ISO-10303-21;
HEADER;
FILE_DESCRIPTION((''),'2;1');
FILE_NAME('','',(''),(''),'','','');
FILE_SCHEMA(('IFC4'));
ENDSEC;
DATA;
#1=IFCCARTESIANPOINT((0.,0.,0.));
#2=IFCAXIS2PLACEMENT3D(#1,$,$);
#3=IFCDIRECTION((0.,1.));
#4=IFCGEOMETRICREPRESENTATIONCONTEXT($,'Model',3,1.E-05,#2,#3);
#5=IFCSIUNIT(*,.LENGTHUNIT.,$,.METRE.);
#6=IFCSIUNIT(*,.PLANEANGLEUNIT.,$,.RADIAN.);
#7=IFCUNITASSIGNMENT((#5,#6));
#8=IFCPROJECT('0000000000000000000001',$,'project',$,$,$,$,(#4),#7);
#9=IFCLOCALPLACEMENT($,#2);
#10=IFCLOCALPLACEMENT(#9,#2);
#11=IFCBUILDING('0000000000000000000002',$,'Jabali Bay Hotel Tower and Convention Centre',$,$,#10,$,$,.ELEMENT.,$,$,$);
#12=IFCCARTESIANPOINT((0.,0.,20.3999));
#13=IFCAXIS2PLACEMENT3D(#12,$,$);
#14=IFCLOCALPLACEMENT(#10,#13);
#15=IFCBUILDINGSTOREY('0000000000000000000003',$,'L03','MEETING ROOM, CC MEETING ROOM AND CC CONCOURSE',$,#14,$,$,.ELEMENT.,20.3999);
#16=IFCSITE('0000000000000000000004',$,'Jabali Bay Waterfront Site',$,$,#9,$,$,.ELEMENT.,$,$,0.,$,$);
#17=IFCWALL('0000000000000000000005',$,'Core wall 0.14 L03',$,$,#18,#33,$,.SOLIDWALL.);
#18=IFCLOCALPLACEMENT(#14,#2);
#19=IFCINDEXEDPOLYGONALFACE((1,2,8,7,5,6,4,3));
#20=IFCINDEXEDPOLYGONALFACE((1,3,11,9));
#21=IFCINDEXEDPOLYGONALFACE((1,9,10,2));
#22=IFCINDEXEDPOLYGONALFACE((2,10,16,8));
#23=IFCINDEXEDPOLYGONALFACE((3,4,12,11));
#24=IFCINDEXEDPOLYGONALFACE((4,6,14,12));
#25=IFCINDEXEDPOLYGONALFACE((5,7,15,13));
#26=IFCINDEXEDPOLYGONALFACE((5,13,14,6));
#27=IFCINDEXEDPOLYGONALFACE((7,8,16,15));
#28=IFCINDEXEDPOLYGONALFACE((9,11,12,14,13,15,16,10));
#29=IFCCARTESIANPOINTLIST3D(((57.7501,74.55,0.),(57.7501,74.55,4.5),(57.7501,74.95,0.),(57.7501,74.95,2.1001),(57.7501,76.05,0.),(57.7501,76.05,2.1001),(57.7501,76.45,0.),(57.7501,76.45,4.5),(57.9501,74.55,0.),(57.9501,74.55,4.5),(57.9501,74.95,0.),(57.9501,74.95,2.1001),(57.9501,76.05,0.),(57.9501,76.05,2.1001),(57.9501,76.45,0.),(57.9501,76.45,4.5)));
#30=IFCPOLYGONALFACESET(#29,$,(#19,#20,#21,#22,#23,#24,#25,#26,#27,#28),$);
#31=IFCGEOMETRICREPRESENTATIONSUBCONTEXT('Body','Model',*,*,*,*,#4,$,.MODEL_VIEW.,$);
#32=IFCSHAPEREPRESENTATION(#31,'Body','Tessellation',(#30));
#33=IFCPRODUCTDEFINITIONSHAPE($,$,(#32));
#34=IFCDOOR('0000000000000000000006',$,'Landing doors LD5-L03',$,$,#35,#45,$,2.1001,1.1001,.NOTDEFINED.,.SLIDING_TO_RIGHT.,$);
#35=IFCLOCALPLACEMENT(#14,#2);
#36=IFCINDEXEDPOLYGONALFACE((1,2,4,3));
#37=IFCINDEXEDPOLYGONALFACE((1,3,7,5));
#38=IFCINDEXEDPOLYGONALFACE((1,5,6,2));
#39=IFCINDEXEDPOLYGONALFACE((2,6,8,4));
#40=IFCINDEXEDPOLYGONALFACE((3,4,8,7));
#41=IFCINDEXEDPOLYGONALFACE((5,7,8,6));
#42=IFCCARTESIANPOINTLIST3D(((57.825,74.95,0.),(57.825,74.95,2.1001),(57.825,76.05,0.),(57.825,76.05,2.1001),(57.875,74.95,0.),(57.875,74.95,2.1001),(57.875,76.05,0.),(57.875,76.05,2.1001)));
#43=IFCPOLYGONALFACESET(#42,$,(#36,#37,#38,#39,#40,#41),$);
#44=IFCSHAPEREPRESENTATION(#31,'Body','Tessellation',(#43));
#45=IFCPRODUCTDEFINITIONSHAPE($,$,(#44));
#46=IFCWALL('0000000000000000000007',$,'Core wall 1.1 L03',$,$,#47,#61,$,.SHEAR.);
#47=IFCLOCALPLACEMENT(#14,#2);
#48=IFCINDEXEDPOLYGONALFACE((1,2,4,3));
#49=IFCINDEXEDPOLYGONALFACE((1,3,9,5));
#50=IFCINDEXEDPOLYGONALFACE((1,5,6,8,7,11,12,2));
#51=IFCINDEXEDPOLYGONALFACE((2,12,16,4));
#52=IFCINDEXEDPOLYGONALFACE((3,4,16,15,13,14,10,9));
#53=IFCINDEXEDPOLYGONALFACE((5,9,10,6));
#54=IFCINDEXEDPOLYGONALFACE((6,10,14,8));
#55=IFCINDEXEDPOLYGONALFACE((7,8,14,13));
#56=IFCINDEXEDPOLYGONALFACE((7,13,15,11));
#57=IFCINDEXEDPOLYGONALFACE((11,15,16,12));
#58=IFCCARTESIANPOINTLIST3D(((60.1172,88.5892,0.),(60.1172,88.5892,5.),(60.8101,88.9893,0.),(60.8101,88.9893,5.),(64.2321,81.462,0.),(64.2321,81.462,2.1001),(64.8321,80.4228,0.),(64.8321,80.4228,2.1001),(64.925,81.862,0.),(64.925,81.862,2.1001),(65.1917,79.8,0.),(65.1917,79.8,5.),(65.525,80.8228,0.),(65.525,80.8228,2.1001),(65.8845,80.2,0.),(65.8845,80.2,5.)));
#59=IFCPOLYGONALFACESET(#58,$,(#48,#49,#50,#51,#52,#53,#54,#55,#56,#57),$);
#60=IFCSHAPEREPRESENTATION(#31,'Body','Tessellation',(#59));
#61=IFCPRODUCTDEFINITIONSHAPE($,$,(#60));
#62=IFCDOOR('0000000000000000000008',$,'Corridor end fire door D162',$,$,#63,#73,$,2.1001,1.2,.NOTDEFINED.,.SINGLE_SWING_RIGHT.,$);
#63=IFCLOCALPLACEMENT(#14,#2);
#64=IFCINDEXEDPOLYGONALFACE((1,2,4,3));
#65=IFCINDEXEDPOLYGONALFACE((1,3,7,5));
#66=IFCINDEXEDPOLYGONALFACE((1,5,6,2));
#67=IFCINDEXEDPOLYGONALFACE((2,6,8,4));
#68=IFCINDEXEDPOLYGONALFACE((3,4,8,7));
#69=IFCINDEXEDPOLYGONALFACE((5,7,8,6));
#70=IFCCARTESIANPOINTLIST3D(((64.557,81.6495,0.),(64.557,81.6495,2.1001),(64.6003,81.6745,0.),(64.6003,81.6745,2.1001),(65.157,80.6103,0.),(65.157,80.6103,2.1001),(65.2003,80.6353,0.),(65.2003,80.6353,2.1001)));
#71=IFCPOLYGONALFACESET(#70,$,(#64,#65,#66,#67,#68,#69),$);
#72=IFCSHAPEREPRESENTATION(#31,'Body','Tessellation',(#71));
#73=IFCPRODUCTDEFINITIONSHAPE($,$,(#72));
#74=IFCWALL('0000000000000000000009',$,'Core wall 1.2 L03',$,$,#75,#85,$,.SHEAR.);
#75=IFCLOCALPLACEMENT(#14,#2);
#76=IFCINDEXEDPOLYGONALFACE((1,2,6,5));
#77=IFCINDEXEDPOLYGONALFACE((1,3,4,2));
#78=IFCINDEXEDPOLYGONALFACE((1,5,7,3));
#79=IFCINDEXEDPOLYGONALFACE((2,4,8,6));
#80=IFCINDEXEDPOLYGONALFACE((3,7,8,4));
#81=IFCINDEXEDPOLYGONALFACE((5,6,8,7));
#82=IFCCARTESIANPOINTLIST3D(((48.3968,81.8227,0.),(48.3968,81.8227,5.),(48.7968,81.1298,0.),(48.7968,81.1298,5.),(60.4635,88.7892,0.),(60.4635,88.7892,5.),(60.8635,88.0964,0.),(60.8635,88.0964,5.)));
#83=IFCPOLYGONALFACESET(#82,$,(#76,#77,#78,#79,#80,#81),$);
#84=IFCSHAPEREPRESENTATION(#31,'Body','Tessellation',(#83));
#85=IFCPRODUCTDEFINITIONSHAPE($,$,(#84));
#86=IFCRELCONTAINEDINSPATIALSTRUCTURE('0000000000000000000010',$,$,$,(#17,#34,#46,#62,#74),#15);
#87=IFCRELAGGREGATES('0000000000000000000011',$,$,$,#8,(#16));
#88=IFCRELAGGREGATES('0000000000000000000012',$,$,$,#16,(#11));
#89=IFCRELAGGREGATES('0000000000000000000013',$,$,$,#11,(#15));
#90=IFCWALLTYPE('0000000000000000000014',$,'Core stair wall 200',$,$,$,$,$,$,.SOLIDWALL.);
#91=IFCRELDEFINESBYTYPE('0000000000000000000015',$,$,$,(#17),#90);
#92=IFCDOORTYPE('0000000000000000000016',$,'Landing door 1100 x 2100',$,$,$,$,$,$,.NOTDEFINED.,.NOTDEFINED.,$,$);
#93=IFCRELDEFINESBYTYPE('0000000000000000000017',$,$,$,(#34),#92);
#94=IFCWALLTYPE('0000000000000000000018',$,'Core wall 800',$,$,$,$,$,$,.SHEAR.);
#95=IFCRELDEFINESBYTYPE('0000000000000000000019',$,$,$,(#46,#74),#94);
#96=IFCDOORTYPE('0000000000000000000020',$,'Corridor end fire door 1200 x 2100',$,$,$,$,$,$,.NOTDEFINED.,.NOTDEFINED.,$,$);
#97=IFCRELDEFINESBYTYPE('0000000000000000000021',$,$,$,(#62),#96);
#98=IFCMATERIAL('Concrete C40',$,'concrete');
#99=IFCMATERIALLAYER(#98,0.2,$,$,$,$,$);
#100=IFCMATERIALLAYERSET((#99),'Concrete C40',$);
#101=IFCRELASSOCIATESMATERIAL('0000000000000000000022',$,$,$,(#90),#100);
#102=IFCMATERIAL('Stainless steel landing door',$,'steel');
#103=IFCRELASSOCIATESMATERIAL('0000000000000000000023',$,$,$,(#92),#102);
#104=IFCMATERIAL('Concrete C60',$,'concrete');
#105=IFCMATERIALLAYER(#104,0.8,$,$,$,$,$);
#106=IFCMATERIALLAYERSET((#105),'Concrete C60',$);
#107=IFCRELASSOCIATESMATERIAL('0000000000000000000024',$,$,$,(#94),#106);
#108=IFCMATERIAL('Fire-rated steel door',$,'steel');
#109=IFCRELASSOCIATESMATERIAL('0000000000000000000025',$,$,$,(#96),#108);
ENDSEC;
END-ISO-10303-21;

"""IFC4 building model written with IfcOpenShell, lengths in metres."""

from ifc_helpers import new_model, si_unit, direction, frame, frame_2d, origin, place, context, subcontext, project, spatial, rectangle, extrude, material, layer, layer_set, type_object, element, fill, save


model = new_model("IFC4")

# Units and contexts
model_context = context("Model", 3, precision=1e-05, world=origin(), true_north=direction((0.0, 1.0)))
body_context = subcontext(model_context, "Body", "Model", "MODEL_VIEW")
ifc_project = project(units=[si_unit("LENGTHUNIT", "METRE"), si_unit("PLANEANGLEUNIT", "RADIAN")], contexts=[model_context])

# Site, building, storey
site_placement = place(None, origin())
site = spatial("IfcSite", under=ifc_project, at=site_placement, Name="Jabali Bay Waterfront Site", CompositionType="ELEMENT", RefElevation=0.0)
building_placement = place(site_placement, origin())
building = spatial("IfcBuilding", under=site, at=building_placement, Name="Jabali Bay Hotel Tower and Convention Centre", CompositionType="ELEMENT")
storey_placement = place(building_placement, frame((0.0, 0.0, 20.3999)))
storey = spatial("IfcBuildingStorey", under=building, at=storey_placement, Name="L03", Description="MEETING ROOM, CC MEETING ROOM AND CC CONCOURSE", CompositionType="ELEMENT", Elevation=20.3999)

# Shared definitions
ifc_material_1 = material(Name="Concrete C40", Category="concrete")
ifc_material_2 = material(Name="Fire-rated steel door", Category="steel")

# Shared definitions
ifc_layer_1 = layer(ifc_material_1, 0.2)
ifc_layer_set_1 = layer_set([ifc_layer_1], Name="Concrete C40")
wall_type_1 = type_object("IfcWallType", Name="Core stair wall 200", PredefinedType="SOLIDWALL", material=ifc_layer_set_1)

# Walls, openings, doors
wall_1_placement = place(storey_placement, frame((57.8501, 76.45, 0.0), z_axis=(0.0, 0.0, 1.0), x_axis=(0.0, -1.0, 0.0)))
wall_1 = element("IfcWall", 1, at=wall_1_placement, inside=storey, type_object=wall_type_1, Name="Core wall 0.14 L03", PredefinedType="SOLIDWALL", context=body_context, shape_type="SweptSolid", body=[
    extrude(rectangle(XDim=1.8999, YDim=0.2, at=frame_2d((0.95, 0.0))), origin(), (0.0, 0.0, 1.0), 4.5),
])
opening_1_placement = place(wall_1_placement, frame((0.3999, 0.0, 0.0)))
opening_1 = element("IfcOpeningElement", 2, at=opening_1_placement, cuts=wall_1, PredefinedType="OPENING", context=body_context, shape_type="SweptSolid", body=[
    extrude(rectangle(XDim=1.1001, YDim=2.1001, at=frame_2d((0.55, 1.05))), frame((0.0, 0.1104, 0.0), z_axis=(0.0, -1.0, 0.0), x_axis=(1.0, 0.0, 0.0)), (0.0, 0.0, 1.0), 0.2209),
])
ifc_material_3 = material(Name="Stainless steel landing door", Category="steel")
door_type_1 = type_object("IfcDoorType", Name="Landing door 1100 x 2100", OperationType="NOTDEFINED", PredefinedType="NOTDEFINED", material=ifc_material_3)
door_1_placement = place(opening_1_placement, origin())
door_1 = element("IfcDoor", 3, at=door_1_placement, inside=storey, type_object=door_type_1, Name="Landing doors LD5-L03", OperationType="SLIDING_TO_RIGHT", OverallHeight=2.1001, OverallWidth=1.1001, PredefinedType="NOTDEFINED", context=body_context, shape_type="SweptSolid", body=[
    extrude(rectangle(XDim=1.1001, YDim=2.1001, at=frame_2d((0.55, 1.05))), frame((0.0, 0.0249, 0.0), z_axis=(0.0, -1.0, 0.0), x_axis=(1.0, 0.0, 0.0)), (0.0, 0.0, 1.0), 0.05),
])
fill(opening_1, door_1)
ifc_material_4 = material(Name="Concrete C60", Category="concrete")
ifc_layer_2 = layer(ifc_material_4, 0.8)
ifc_layer_set_2 = layer_set([ifc_layer_2], Name="Concrete C60")
wall_type_2 = type_object("IfcWallType", Name="Core wall 800", PredefinedType="SHEAR", material=ifc_layer_set_2)
wall_2_placement = place(storey_placement, frame((65.5381, 80.0, 0.0), z_axis=(0.0, 0.0, 1.0), x_axis=(-0.499997, 0.866027, 0.0)))
wall_2 = element("IfcWall", 4, at=wall_2_placement, inside=storey, type_object=wall_type_2, Name="Core wall 1.1 L03", PredefinedType="SHEAR", context=body_context, shape_type="SweptSolid", body=[
    extrude(rectangle(XDim=10.1489, YDim=0.8, at=frame_2d((5.0745, 0.0))), origin(), (0.0, 0.0, 1.0), 5.0),
])
opening_2_placement = place(wall_2_placement, frame((0.719, 0.0, 0.0)))
opening_2 = element("IfcOpeningElement", 5, at=opening_2_placement, cuts=wall_2, PredefinedType="OPENING", context=body_context, shape_type="SweptSolid", body=[
    extrude(rectangle(XDim=1.2, YDim=2.1001, at=frame_2d((0.6001, 1.05))), frame((0.0, 0.4106, 0.0), z_axis=(0.0, -1.0, 0.0), x_axis=(1.0, 0.0, 0.0)), (0.0, 0.0, 1.0), 0.821),
])
door_type_2 = type_object("IfcDoorType", Name="Corridor end fire door 1200 x 2100", OperationType="NOTDEFINED", PredefinedType="NOTDEFINED", material=ifc_material_2)
door_2_placement = place(opening_2_placement, origin())
door_2 = element("IfcDoor", 6, at=door_2_placement, inside=storey, type_object=door_type_2, Name="Corridor end fire door D162", OperationType="SINGLE_SWING_RIGHT", OverallHeight=2.1001, OverallWidth=1.2, PredefinedType="NOTDEFINED", context=body_context, shape_type="SweptSolid", body=[
    extrude(rectangle(XDim=1.2, YDim=2.1001, at=frame_2d((0.6001, 1.05))), frame((0.0, 0.0249, 0.0), z_axis=(0.0, -1.0, 0.0), x_axis=(1.0, 0.0, 0.0)), (0.0, 0.0, 1.0), 0.05),
])
fill(opening_2, door_2)

# Wall
wall_3_placement = place(storey_placement, frame((60.6636, 88.4429, 0.0), z_axis=(0.0, 0.0, 1.0), x_axis=(-0.866029, -0.499993, 0.0)))
element("IfcWall", 7, at=wall_3_placement, inside=storey, type_object=wall_type_2, Name="Core wall 1.2 L03", PredefinedType="SHEAR", context=body_context, shape_type="SweptSolid", body=[
    extrude(rectangle(XDim=13.9333, YDim=0.8, at=frame_2d((6.9668, 0.0))), origin(), (0.0, 0.0, 1.0), 5.0),
])

save(model, "model.ifc")
